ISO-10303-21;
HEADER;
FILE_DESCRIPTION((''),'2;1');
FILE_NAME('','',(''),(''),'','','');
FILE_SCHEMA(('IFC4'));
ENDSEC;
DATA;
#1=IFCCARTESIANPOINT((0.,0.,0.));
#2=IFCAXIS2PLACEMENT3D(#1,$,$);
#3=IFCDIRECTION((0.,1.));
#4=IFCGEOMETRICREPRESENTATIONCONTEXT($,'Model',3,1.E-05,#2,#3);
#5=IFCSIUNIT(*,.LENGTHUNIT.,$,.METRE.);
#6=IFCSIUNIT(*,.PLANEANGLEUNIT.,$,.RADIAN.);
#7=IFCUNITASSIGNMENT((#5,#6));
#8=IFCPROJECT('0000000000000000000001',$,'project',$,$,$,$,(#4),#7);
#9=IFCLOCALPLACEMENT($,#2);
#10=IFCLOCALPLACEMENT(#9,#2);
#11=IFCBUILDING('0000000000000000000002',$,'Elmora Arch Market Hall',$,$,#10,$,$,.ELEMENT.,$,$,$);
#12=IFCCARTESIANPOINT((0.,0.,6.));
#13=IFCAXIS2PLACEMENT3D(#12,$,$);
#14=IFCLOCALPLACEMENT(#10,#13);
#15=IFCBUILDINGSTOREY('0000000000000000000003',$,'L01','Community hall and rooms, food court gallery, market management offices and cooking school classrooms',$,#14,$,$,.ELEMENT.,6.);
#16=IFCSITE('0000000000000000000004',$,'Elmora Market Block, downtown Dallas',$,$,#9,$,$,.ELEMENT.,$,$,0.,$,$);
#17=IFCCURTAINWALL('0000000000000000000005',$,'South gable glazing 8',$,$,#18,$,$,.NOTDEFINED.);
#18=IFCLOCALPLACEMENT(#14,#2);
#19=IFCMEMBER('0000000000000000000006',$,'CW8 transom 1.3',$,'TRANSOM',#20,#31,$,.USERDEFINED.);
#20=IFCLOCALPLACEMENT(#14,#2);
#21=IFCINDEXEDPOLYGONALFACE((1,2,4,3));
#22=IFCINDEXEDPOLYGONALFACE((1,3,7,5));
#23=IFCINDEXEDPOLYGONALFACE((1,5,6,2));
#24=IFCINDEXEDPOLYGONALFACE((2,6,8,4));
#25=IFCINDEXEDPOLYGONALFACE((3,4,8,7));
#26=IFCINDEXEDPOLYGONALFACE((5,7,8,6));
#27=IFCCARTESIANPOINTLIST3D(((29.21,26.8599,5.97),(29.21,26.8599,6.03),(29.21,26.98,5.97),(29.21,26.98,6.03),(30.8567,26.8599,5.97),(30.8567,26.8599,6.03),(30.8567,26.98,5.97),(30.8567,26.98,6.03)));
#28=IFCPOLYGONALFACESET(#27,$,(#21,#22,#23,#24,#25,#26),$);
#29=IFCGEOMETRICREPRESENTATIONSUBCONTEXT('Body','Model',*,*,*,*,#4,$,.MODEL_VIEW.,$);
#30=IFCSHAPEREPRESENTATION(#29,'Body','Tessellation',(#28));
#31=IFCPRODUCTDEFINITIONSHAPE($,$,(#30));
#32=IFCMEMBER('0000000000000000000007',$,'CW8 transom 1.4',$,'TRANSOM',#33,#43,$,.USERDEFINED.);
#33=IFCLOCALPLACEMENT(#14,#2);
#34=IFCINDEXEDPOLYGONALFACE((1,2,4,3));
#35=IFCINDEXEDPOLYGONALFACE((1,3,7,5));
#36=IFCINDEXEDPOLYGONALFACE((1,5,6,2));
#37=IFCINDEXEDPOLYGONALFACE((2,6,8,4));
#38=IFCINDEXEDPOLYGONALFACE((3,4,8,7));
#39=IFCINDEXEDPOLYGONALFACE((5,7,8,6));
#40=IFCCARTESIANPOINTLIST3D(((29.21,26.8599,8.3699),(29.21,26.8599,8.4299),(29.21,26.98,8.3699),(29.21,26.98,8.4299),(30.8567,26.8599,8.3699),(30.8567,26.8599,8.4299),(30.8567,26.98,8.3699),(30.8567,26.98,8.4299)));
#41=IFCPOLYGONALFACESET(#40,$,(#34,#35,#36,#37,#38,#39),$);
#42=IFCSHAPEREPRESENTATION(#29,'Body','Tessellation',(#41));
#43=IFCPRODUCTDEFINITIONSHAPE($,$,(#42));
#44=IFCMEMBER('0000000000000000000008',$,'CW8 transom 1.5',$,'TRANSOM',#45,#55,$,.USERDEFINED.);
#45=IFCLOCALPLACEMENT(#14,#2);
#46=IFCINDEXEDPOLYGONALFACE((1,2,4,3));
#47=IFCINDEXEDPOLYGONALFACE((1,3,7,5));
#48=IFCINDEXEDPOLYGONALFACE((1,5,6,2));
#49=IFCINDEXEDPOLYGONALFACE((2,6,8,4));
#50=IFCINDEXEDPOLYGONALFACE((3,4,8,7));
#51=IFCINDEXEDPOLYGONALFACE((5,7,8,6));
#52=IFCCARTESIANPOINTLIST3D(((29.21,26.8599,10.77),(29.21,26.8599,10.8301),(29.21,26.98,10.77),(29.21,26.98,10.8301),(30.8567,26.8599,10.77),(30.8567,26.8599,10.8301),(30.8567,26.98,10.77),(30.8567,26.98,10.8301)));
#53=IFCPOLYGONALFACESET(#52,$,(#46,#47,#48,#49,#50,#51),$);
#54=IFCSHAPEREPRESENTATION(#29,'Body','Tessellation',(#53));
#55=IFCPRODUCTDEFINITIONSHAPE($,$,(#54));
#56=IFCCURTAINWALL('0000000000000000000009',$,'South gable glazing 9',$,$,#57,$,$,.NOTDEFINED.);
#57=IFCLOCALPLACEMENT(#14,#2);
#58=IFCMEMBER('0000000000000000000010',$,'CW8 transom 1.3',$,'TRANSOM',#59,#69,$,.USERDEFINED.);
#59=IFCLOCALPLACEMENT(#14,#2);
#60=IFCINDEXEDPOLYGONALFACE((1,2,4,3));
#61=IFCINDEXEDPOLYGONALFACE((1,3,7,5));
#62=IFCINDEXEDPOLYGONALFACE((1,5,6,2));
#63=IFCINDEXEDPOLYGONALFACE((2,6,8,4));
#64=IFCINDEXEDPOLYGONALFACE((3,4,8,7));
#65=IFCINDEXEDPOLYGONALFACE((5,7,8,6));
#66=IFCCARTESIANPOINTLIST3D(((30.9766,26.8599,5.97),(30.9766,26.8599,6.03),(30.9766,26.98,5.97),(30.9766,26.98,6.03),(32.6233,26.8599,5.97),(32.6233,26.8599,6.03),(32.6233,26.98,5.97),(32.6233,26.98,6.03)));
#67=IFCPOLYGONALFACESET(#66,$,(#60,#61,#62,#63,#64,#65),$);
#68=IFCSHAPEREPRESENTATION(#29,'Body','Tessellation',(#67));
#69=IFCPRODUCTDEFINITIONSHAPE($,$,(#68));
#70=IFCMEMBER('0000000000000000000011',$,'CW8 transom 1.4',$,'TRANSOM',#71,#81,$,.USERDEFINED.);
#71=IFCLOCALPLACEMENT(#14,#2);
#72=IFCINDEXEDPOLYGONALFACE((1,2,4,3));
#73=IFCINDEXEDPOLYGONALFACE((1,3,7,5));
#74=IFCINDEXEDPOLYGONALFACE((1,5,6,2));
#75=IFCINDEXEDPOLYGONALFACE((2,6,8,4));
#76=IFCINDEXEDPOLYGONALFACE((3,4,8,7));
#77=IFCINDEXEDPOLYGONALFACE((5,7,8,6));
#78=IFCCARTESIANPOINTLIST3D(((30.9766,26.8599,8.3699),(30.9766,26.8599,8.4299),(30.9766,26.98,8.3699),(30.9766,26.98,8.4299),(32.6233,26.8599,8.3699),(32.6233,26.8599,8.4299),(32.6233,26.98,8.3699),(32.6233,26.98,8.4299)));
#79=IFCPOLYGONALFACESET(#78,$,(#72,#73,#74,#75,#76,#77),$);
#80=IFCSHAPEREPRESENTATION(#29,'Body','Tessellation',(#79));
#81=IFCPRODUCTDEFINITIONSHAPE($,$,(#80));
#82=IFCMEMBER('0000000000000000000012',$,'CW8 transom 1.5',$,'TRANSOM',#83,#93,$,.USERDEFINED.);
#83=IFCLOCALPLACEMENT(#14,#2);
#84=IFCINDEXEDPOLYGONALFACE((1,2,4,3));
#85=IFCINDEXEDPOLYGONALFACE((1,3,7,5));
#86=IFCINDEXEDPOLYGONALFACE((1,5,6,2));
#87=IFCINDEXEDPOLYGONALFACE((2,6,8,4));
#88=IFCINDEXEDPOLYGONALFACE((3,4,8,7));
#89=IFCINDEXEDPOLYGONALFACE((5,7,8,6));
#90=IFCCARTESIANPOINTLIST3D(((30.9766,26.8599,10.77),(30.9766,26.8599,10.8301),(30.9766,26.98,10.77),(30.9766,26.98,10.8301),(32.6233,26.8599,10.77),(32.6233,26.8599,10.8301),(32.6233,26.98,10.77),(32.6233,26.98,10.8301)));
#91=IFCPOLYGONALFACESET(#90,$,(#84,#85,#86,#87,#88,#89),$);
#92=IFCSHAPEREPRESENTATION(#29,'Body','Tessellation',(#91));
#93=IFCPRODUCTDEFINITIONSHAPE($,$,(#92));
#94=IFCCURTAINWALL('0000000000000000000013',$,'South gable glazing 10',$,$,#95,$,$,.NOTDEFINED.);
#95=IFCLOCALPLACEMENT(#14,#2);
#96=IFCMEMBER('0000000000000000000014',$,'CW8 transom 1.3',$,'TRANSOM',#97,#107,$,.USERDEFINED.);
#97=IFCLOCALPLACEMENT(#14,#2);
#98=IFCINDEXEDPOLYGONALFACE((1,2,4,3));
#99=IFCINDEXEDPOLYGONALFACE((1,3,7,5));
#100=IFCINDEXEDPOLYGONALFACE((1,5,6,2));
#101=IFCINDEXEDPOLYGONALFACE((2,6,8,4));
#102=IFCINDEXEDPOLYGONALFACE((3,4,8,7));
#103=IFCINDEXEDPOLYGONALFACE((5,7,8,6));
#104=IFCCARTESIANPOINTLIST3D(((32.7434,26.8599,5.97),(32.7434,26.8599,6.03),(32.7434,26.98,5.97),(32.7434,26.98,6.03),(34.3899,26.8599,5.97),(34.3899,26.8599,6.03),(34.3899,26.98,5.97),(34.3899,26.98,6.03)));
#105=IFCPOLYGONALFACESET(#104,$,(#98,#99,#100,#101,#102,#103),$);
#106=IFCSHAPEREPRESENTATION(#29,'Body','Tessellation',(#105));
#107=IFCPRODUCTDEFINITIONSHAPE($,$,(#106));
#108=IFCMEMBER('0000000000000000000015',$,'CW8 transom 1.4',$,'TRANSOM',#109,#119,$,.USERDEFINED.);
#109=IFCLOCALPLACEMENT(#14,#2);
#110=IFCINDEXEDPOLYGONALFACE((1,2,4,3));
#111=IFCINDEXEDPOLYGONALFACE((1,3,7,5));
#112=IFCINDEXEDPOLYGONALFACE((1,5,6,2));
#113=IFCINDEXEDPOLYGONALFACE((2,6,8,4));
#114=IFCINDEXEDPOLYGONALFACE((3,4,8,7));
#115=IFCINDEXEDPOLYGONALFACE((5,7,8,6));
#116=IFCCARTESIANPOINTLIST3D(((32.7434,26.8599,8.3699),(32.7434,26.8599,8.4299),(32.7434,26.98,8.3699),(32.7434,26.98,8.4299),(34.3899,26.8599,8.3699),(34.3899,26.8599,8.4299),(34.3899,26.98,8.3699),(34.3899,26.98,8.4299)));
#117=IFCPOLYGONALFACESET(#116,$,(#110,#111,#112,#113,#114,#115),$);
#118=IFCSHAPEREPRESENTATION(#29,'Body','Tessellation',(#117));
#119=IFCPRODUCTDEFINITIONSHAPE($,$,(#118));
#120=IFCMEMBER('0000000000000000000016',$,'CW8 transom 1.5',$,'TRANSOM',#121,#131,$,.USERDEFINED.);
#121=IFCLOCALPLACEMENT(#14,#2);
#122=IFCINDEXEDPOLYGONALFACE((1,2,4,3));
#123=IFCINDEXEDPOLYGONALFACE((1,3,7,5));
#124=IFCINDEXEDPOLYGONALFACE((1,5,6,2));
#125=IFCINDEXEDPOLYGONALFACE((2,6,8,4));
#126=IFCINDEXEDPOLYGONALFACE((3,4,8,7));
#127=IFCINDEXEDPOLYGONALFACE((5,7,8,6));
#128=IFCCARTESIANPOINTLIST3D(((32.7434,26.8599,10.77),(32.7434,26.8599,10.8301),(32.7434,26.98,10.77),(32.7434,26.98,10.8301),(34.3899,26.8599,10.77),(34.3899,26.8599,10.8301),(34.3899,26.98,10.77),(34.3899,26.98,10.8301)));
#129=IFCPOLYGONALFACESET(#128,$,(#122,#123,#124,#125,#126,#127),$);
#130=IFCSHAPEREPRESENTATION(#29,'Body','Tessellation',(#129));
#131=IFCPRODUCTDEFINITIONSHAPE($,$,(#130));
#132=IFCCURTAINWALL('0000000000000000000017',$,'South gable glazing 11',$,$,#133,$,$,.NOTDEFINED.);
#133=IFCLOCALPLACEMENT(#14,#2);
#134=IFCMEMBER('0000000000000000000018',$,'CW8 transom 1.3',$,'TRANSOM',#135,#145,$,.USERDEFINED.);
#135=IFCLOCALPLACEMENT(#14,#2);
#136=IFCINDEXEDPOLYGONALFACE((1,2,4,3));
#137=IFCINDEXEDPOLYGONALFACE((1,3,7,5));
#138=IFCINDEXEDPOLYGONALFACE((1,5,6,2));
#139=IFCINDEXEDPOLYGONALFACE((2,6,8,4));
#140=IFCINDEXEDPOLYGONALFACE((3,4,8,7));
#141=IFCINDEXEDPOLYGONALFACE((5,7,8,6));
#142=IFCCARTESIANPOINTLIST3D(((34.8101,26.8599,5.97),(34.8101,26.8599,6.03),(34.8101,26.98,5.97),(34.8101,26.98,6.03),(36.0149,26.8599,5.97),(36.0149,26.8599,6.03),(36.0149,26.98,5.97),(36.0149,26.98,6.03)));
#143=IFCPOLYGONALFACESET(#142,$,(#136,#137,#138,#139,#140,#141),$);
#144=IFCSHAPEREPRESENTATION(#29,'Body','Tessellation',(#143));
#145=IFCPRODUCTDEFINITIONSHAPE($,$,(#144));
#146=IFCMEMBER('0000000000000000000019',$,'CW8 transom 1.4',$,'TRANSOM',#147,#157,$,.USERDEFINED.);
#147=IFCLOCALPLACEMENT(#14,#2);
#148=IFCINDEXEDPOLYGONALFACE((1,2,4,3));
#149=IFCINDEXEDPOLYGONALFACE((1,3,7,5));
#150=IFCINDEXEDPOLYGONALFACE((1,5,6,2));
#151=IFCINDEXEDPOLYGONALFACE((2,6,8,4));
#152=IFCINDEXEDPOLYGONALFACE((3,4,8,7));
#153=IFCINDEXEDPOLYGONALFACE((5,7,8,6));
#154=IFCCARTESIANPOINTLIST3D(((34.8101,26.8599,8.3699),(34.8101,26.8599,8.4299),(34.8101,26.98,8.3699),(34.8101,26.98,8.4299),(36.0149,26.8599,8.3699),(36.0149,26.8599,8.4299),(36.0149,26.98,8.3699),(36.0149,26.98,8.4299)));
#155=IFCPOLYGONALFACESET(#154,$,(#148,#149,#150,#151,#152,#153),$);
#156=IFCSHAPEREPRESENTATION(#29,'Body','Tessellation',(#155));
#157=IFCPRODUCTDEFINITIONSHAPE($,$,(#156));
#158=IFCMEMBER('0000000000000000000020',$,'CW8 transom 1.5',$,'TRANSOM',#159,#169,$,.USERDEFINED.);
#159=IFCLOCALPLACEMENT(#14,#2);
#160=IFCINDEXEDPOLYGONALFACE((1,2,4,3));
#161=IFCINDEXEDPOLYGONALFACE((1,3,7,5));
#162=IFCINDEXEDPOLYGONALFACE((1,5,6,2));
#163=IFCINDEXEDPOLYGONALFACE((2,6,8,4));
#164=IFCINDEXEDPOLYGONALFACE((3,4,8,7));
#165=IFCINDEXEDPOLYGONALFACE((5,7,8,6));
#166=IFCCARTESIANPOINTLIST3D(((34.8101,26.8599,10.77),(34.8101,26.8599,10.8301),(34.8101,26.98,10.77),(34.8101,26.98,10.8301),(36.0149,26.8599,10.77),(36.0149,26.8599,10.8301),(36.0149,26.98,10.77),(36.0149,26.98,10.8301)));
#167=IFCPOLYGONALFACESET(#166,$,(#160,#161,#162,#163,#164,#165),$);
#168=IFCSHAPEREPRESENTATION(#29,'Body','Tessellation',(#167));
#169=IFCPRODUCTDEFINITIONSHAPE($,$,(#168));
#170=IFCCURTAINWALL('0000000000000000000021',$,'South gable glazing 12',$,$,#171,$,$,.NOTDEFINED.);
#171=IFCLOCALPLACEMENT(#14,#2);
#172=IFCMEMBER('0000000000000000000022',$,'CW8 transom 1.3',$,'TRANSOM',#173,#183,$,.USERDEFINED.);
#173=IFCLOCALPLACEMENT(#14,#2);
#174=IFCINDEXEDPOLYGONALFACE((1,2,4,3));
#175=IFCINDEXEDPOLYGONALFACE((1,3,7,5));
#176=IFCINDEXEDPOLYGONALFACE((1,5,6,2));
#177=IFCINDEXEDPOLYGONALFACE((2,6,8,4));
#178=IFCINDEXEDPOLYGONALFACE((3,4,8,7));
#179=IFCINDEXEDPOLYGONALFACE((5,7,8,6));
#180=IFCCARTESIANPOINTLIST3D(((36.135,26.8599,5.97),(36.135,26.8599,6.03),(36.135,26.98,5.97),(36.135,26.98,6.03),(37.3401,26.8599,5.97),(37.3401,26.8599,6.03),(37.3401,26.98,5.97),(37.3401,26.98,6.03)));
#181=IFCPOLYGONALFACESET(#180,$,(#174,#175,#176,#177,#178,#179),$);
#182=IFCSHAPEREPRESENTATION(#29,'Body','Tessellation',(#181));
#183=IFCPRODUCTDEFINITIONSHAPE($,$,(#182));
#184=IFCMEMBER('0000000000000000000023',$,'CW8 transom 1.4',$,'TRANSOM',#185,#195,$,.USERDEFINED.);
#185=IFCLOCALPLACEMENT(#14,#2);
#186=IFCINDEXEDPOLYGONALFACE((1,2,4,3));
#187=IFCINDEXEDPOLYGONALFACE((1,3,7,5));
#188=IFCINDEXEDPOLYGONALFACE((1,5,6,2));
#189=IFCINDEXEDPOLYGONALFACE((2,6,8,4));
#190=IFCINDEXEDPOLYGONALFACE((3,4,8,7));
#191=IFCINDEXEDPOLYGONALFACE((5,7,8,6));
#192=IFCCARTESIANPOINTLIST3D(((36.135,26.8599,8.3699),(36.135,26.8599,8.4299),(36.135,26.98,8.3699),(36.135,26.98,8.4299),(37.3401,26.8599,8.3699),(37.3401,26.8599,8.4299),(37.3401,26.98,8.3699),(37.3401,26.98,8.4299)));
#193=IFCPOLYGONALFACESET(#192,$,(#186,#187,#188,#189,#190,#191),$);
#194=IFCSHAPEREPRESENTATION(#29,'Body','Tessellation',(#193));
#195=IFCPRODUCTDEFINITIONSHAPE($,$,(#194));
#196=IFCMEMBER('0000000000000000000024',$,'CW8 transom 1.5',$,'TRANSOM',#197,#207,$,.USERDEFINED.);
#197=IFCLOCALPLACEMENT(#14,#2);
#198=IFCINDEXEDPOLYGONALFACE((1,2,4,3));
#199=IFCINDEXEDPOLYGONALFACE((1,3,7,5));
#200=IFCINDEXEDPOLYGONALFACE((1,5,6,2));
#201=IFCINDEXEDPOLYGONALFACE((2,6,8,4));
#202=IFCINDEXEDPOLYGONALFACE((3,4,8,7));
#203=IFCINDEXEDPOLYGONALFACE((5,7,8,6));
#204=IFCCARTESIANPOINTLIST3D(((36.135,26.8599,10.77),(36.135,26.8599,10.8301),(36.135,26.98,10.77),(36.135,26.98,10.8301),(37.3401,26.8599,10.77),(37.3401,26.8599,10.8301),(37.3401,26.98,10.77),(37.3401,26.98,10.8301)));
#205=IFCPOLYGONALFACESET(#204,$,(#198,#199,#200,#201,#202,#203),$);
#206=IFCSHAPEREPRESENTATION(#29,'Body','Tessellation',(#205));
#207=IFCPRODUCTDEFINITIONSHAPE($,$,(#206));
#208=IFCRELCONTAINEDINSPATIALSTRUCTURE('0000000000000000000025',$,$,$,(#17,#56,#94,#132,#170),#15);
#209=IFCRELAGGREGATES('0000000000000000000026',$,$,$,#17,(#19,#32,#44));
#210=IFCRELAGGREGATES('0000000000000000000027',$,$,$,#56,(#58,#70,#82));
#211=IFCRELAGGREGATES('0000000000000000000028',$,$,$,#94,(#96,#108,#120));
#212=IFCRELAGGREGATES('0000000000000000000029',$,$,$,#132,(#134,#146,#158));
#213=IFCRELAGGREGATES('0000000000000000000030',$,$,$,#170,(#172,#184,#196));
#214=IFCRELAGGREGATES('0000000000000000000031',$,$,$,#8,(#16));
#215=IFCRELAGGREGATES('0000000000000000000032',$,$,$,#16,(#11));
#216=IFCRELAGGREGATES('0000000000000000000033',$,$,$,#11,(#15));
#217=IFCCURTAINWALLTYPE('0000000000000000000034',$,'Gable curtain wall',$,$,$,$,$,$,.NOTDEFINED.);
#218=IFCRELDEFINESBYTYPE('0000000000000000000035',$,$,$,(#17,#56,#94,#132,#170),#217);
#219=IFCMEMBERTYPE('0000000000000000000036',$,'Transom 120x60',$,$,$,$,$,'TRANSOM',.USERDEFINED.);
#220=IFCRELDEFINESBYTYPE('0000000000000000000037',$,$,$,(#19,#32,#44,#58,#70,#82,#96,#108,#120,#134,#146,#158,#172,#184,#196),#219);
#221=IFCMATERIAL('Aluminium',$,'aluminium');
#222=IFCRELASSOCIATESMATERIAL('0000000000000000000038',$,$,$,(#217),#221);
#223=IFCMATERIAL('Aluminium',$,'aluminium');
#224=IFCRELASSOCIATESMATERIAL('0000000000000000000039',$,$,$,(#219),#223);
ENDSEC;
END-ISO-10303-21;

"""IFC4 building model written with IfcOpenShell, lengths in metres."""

from ifc_helpers import new_model, si_unit, direction, frame, origin, origin_2d, place, context, subcontext, project, spatial, rectangle, extrude, material, material_profile, profile_set, type_object, element, aggregate, save


model = new_model("IFC4")

# Units and contexts
model_context = context("Model", 3, precision=1e-05, world=origin(), true_north=direction((0.0, 1.0)))
body_context = subcontext(model_context, "Body", "Model", "MODEL_VIEW")
ifc_project = project(units=[si_unit("LENGTHUNIT", "METRE"), si_unit("PLANEANGLEUNIT", "RADIAN")], contexts=[model_context])

# Site, building, storey
site_placement = place(None, origin())
site = spatial("IfcSite", under=ifc_project, at=site_placement, Name="Elmora Market Block, downtown Dallas", CompositionType="ELEMENT", RefElevation=0.0)
building_placement = place(site_placement, origin())
building = spatial("IfcBuilding", under=site, at=building_placement, Name="Elmora Arch Market Hall", CompositionType="ELEMENT")
storey_placement = place(building_placement, frame((0.0, 0.0, 6.0)))
storey = spatial("IfcBuildingStorey", under=building, at=storey_placement, Name="L01", Description="Community hall and rooms, food court gallery, market management offices and cooking school classrooms", CompositionType="ELEMENT", Elevation=6.0)

# Curtain walls, members
ifc_material_1 = material(Name="Aluminium", Category="aluminium")
curtain_wall_type = type_object("IfcCurtainWallType", Name="Gable curtain wall", PredefinedType="NOTDEFINED", material=ifc_material_1)
curtain_wall_1_placement = place(storey_placement, origin())
curtain_wall_1 = element("IfcCurtainWall", 1, at=curtain_wall_1_placement, inside=storey, type_object=curtain_wall_type, Name="South gable glazing 8", PredefinedType="NOTDEFINED")
ifc_material_2 = material(Name="Aluminium", Category="aluminium")
ifc_material_profile = material_profile(ifc_material_2, rectangle(XDim=0.1201, YDim=0.0601, at=origin_2d()), Name="AL 120x60")
ifc_profile_set = profile_set([ifc_material_profile], Name="Aluminium")
member_type = type_object("IfcMemberType", Name="Transom 120x60", ElementType="TRANSOM", PredefinedType="USERDEFINED", material=ifc_profile_set)
member_1_placement = place(storey_placement, frame((29.21, 26.9199, 6.0), z_axis=(1.0, 0.0, 0.0), x_axis=(0.0, 1.0, 0.0)))
member_1 = element("IfcMember", 2, at=member_1_placement, type_object=member_type, Name="CW8 transom 1.3", ObjectType="TRANSOM", PredefinedType="USERDEFINED", context=body_context, shape_type="SweptSolid", body=[
    extrude(rectangle(XDim=0.1201, YDim=0.0601, at=origin_2d()), origin(), (0.0, 0.0, 1.0), 1.6467),
])
member_2_placement = place(storey_placement, frame((29.21, 26.9199, 8.3999), z_axis=(1.0, 0.0, 0.0), x_axis=(0.0, 1.0, 0.0)))
member_2 = element("IfcMember", 3, at=member_2_placement, type_object=member_type, Name="CW8 transom 1.4", ObjectType="TRANSOM", PredefinedType="USERDEFINED", context=body_context, shape_type="SweptSolid", body=[
    extrude(rectangle(XDim=0.1201, YDim=0.0601, at=origin_2d()), origin(), (0.0, 0.0, 1.0), 1.6467),
])
member_3_placement = place(storey_placement, frame((29.21, 26.9199, 10.8), z_axis=(1.0, 0.0, 0.0), x_axis=(0.0, 1.0, 0.0)))
member_3 = element("IfcMember", 4, at=member_3_placement, type_object=member_type, Name="CW8 transom 1.5", ObjectType="TRANSOM", PredefinedType="USERDEFINED", context=body_context, shape_type="SweptSolid", body=[
    extrude(rectangle(XDim=0.1201, YDim=0.0601, at=origin_2d()), origin(), (0.0, 0.0, 1.0), 1.6467),
])
curtain_wall_2_placement = place(storey_placement, origin())
curtain_wall_2 = element("IfcCurtainWall", 5, at=curtain_wall_2_placement, inside=storey, type_object=curtain_wall_type, Name="South gable glazing 9", PredefinedType="NOTDEFINED")
member_4_placement = place(storey_placement, frame((30.9766, 26.9199, 6.0), z_axis=(1.0, 0.0, 0.0), x_axis=(0.0, 1.0, 0.0)))
member_4 = element("IfcMember", 6, at=member_4_placement, type_object=member_type, Name="CW8 transom 1.3", ObjectType="TRANSOM", PredefinedType="USERDEFINED", context=body_context, shape_type="SweptSolid", body=[
    extrude(rectangle(XDim=0.1201, YDim=0.0601, at=origin_2d()), origin(), (0.0, 0.0, 1.0), 1.6467),
])
member_5_placement = place(storey_placement, frame((30.9766, 26.9199, 8.3999), z_axis=(1.0, 0.0, 0.0), x_axis=(0.0, 1.0, 0.0)))
member_5 = element("IfcMember", 7, at=member_5_placement, type_object=member_type, Name="CW8 transom 1.4", ObjectType="TRANSOM", PredefinedType="USERDEFINED", context=body_context, shape_type="SweptSolid", body=[
    extrude(rectangle(XDim=0.1201, YDim=0.0601, at=origin_2d()), origin(), (0.0, 0.0, 1.0), 1.6467),
])
member_6_placement = place(storey_placement, frame((30.9766, 26.9199, 10.8), z_axis=(1.0, 0.0, 0.0), x_axis=(0.0, 1.0, 0.0)))
member_6 = element("IfcMember", 8, at=member_6_placement, type_object=member_type, Name="CW8 transom 1.5", ObjectType="TRANSOM", PredefinedType="USERDEFINED", context=body_context, shape_type="SweptSolid", body=[
    extrude(rectangle(XDim=0.1201, YDim=0.0601, at=origin_2d()), origin(), (0.0, 0.0, 1.0), 1.6467),
])
curtain_wall_3_placement = place(storey_placement, origin())
curtain_wall_3 = element("IfcCurtainWall", 9, at=curtain_wall_3_placement, inside=storey, type_object=curtain_wall_type, Name="South gable glazing 10", PredefinedType="NOTDEFINED")
member_7_placement = place(storey_placement, frame((32.7434, 26.9199, 6.0), z_axis=(1.0, 0.0, 0.0), x_axis=(0.0, 1.0, 0.0)))
member_7 = element("IfcMember", 10, at=member_7_placement, type_object=member_type, Name="CW8 transom 1.3", ObjectType="TRANSOM", PredefinedType="USERDEFINED", context=body_context, shape_type="SweptSolid", body=[
    extrude(rectangle(XDim=0.1201, YDim=0.0601, at=origin_2d()), origin(), (0.0, 0.0, 1.0), 1.6465),
])
member_8_placement = place(storey_placement, frame((32.7434, 26.9199, 8.3999), z_axis=(1.0, 0.0, 0.0), x_axis=(0.0, 1.0, 0.0)))
member_8 = element("IfcMember", 11, at=member_8_placement, type_object=member_type, Name="CW8 transom 1.4", ObjectType="TRANSOM", PredefinedType="USERDEFINED", context=body_context, shape_type="SweptSolid", body=[
    extrude(rectangle(XDim=0.1201, YDim=0.0601, at=origin_2d()), origin(), (0.0, 0.0, 1.0), 1.6465),
])
member_9_placement = place(storey_placement, frame((32.7434, 26.9199, 10.8), z_axis=(1.0, 0.0, 0.0), x_axis=(0.0, 1.0, 0.0)))
member_9 = element("IfcMember", 12, at=member_9_placement, type_object=member_type, Name="CW8 transom 1.5", ObjectType="TRANSOM", PredefinedType="USERDEFINED", context=body_context, shape_type="SweptSolid", body=[
    extrude(rectangle(XDim=0.1201, YDim=0.0601, at=origin_2d()), origin(), (0.0, 0.0, 1.0), 1.6465),
])
curtain_wall_4_placement = place(storey_placement, origin())
curtain_wall_4 = element("IfcCurtainWall", 13, at=curtain_wall_4_placement, inside=storey, type_object=curtain_wall_type, Name="South gable glazing 11", PredefinedType="NOTDEFINED")
member_10_placement = place(storey_placement, frame((34.8101, 26.9199, 6.0), z_axis=(1.0, 0.0, 0.0), x_axis=(0.0, 1.0, 0.0)))
member_10 = element("IfcMember", 14, at=member_10_placement, type_object=member_type, Name="CW8 transom 1.3", ObjectType="TRANSOM", PredefinedType="USERDEFINED", context=body_context, shape_type="SweptSolid", body=[
    extrude(rectangle(XDim=0.1201, YDim=0.0601, at=origin_2d()), origin(), (0.0, 0.0, 1.0), 1.2048),
])
member_11_placement = place(storey_placement, frame((34.8101, 26.9199, 8.3999), z_axis=(1.0, 0.0, 0.0), x_axis=(0.0, 1.0, 0.0)))
member_11 = element("IfcMember", 15, at=member_11_placement, type_object=member_type, Name="CW8 transom 1.4", ObjectType="TRANSOM", PredefinedType="USERDEFINED", context=body_context, shape_type="SweptSolid", body=[
    extrude(rectangle(XDim=0.1201, YDim=0.0601, at=origin_2d()), origin(), (0.0, 0.0, 1.0), 1.2048),
])
member_12_placement = place(storey_placement, frame((34.8101, 26.9199, 10.8), z_axis=(1.0, 0.0, 0.0), x_axis=(0.0, 1.0, 0.0)))
member_12 = element("IfcMember", 16, at=member_12_placement, type_object=member_type, Name="CW8 transom 1.5", ObjectType="TRANSOM", PredefinedType="USERDEFINED", context=body_context, shape_type="SweptSolid", body=[
    extrude(rectangle(XDim=0.1201, YDim=0.0601, at=origin_2d()), origin(), (0.0, 0.0, 1.0), 1.2048),
])
curtain_wall_5_placement = place(storey_placement, origin())
curtain_wall_5 = element("IfcCurtainWall", 17, at=curtain_wall_5_placement, inside=storey, type_object=curtain_wall_type, Name="South gable glazing 12", PredefinedType="NOTDEFINED")
member_13_placement = place(storey_placement, frame((36.135, 26.9199, 6.0), z_axis=(1.0, 0.0, 0.0), x_axis=(0.0, 1.0, 0.0)))
member_13 = element("IfcMember", 18, at=member_13_placement, type_object=member_type, Name="CW8 transom 1.3", ObjectType="TRANSOM", PredefinedType="USERDEFINED", context=body_context, shape_type="SweptSolid", body=[
    extrude(rectangle(XDim=0.1201, YDim=0.0601, at=origin_2d()), origin(), (0.0, 0.0, 1.0), 1.2051),
])
member_14_placement = place(storey_placement, frame((36.135, 26.9199, 8.3999), z_axis=(1.0, 0.0, 0.0), x_axis=(0.0, 1.0, 0.0)))
member_14 = element("IfcMember", 19, at=member_14_placement, type_object=member_type, Name="CW8 transom 1.4", ObjectType="TRANSOM", PredefinedType="USERDEFINED", context=body_context, shape_type="SweptSolid", body=[
    extrude(rectangle(XDim=0.1201, YDim=0.0601, at=origin_2d()), origin(), (0.0, 0.0, 1.0), 1.2051),
])
member_15_placement = place(storey_placement, frame((36.135, 26.9199, 10.8), z_axis=(1.0, 0.0, 0.0), x_axis=(0.0, 1.0, 0.0)))
member_15 = element("IfcMember", 20, at=member_15_placement, type_object=member_type, Name="CW8 transom 1.5", ObjectType="TRANSOM", PredefinedType="USERDEFINED", context=body_context, shape_type="SweptSolid", body=[
    extrude(rectangle(XDim=0.1201, YDim=0.0601, at=origin_2d()), origin(), (0.0, 0.0, 1.0), 1.2051),
])

aggregate(curtain_wall_1, [member_1, member_2, member_3])
aggregate(curtain_wall_2, [member_4, member_5, member_6])
aggregate(curtain_wall_3, [member_7, member_8, member_9])
aggregate(curtain_wall_4, [member_10, member_11, member_12])
aggregate(curtain_wall_5, [member_13, member_14, member_15])

save(model, "model.ifc")
